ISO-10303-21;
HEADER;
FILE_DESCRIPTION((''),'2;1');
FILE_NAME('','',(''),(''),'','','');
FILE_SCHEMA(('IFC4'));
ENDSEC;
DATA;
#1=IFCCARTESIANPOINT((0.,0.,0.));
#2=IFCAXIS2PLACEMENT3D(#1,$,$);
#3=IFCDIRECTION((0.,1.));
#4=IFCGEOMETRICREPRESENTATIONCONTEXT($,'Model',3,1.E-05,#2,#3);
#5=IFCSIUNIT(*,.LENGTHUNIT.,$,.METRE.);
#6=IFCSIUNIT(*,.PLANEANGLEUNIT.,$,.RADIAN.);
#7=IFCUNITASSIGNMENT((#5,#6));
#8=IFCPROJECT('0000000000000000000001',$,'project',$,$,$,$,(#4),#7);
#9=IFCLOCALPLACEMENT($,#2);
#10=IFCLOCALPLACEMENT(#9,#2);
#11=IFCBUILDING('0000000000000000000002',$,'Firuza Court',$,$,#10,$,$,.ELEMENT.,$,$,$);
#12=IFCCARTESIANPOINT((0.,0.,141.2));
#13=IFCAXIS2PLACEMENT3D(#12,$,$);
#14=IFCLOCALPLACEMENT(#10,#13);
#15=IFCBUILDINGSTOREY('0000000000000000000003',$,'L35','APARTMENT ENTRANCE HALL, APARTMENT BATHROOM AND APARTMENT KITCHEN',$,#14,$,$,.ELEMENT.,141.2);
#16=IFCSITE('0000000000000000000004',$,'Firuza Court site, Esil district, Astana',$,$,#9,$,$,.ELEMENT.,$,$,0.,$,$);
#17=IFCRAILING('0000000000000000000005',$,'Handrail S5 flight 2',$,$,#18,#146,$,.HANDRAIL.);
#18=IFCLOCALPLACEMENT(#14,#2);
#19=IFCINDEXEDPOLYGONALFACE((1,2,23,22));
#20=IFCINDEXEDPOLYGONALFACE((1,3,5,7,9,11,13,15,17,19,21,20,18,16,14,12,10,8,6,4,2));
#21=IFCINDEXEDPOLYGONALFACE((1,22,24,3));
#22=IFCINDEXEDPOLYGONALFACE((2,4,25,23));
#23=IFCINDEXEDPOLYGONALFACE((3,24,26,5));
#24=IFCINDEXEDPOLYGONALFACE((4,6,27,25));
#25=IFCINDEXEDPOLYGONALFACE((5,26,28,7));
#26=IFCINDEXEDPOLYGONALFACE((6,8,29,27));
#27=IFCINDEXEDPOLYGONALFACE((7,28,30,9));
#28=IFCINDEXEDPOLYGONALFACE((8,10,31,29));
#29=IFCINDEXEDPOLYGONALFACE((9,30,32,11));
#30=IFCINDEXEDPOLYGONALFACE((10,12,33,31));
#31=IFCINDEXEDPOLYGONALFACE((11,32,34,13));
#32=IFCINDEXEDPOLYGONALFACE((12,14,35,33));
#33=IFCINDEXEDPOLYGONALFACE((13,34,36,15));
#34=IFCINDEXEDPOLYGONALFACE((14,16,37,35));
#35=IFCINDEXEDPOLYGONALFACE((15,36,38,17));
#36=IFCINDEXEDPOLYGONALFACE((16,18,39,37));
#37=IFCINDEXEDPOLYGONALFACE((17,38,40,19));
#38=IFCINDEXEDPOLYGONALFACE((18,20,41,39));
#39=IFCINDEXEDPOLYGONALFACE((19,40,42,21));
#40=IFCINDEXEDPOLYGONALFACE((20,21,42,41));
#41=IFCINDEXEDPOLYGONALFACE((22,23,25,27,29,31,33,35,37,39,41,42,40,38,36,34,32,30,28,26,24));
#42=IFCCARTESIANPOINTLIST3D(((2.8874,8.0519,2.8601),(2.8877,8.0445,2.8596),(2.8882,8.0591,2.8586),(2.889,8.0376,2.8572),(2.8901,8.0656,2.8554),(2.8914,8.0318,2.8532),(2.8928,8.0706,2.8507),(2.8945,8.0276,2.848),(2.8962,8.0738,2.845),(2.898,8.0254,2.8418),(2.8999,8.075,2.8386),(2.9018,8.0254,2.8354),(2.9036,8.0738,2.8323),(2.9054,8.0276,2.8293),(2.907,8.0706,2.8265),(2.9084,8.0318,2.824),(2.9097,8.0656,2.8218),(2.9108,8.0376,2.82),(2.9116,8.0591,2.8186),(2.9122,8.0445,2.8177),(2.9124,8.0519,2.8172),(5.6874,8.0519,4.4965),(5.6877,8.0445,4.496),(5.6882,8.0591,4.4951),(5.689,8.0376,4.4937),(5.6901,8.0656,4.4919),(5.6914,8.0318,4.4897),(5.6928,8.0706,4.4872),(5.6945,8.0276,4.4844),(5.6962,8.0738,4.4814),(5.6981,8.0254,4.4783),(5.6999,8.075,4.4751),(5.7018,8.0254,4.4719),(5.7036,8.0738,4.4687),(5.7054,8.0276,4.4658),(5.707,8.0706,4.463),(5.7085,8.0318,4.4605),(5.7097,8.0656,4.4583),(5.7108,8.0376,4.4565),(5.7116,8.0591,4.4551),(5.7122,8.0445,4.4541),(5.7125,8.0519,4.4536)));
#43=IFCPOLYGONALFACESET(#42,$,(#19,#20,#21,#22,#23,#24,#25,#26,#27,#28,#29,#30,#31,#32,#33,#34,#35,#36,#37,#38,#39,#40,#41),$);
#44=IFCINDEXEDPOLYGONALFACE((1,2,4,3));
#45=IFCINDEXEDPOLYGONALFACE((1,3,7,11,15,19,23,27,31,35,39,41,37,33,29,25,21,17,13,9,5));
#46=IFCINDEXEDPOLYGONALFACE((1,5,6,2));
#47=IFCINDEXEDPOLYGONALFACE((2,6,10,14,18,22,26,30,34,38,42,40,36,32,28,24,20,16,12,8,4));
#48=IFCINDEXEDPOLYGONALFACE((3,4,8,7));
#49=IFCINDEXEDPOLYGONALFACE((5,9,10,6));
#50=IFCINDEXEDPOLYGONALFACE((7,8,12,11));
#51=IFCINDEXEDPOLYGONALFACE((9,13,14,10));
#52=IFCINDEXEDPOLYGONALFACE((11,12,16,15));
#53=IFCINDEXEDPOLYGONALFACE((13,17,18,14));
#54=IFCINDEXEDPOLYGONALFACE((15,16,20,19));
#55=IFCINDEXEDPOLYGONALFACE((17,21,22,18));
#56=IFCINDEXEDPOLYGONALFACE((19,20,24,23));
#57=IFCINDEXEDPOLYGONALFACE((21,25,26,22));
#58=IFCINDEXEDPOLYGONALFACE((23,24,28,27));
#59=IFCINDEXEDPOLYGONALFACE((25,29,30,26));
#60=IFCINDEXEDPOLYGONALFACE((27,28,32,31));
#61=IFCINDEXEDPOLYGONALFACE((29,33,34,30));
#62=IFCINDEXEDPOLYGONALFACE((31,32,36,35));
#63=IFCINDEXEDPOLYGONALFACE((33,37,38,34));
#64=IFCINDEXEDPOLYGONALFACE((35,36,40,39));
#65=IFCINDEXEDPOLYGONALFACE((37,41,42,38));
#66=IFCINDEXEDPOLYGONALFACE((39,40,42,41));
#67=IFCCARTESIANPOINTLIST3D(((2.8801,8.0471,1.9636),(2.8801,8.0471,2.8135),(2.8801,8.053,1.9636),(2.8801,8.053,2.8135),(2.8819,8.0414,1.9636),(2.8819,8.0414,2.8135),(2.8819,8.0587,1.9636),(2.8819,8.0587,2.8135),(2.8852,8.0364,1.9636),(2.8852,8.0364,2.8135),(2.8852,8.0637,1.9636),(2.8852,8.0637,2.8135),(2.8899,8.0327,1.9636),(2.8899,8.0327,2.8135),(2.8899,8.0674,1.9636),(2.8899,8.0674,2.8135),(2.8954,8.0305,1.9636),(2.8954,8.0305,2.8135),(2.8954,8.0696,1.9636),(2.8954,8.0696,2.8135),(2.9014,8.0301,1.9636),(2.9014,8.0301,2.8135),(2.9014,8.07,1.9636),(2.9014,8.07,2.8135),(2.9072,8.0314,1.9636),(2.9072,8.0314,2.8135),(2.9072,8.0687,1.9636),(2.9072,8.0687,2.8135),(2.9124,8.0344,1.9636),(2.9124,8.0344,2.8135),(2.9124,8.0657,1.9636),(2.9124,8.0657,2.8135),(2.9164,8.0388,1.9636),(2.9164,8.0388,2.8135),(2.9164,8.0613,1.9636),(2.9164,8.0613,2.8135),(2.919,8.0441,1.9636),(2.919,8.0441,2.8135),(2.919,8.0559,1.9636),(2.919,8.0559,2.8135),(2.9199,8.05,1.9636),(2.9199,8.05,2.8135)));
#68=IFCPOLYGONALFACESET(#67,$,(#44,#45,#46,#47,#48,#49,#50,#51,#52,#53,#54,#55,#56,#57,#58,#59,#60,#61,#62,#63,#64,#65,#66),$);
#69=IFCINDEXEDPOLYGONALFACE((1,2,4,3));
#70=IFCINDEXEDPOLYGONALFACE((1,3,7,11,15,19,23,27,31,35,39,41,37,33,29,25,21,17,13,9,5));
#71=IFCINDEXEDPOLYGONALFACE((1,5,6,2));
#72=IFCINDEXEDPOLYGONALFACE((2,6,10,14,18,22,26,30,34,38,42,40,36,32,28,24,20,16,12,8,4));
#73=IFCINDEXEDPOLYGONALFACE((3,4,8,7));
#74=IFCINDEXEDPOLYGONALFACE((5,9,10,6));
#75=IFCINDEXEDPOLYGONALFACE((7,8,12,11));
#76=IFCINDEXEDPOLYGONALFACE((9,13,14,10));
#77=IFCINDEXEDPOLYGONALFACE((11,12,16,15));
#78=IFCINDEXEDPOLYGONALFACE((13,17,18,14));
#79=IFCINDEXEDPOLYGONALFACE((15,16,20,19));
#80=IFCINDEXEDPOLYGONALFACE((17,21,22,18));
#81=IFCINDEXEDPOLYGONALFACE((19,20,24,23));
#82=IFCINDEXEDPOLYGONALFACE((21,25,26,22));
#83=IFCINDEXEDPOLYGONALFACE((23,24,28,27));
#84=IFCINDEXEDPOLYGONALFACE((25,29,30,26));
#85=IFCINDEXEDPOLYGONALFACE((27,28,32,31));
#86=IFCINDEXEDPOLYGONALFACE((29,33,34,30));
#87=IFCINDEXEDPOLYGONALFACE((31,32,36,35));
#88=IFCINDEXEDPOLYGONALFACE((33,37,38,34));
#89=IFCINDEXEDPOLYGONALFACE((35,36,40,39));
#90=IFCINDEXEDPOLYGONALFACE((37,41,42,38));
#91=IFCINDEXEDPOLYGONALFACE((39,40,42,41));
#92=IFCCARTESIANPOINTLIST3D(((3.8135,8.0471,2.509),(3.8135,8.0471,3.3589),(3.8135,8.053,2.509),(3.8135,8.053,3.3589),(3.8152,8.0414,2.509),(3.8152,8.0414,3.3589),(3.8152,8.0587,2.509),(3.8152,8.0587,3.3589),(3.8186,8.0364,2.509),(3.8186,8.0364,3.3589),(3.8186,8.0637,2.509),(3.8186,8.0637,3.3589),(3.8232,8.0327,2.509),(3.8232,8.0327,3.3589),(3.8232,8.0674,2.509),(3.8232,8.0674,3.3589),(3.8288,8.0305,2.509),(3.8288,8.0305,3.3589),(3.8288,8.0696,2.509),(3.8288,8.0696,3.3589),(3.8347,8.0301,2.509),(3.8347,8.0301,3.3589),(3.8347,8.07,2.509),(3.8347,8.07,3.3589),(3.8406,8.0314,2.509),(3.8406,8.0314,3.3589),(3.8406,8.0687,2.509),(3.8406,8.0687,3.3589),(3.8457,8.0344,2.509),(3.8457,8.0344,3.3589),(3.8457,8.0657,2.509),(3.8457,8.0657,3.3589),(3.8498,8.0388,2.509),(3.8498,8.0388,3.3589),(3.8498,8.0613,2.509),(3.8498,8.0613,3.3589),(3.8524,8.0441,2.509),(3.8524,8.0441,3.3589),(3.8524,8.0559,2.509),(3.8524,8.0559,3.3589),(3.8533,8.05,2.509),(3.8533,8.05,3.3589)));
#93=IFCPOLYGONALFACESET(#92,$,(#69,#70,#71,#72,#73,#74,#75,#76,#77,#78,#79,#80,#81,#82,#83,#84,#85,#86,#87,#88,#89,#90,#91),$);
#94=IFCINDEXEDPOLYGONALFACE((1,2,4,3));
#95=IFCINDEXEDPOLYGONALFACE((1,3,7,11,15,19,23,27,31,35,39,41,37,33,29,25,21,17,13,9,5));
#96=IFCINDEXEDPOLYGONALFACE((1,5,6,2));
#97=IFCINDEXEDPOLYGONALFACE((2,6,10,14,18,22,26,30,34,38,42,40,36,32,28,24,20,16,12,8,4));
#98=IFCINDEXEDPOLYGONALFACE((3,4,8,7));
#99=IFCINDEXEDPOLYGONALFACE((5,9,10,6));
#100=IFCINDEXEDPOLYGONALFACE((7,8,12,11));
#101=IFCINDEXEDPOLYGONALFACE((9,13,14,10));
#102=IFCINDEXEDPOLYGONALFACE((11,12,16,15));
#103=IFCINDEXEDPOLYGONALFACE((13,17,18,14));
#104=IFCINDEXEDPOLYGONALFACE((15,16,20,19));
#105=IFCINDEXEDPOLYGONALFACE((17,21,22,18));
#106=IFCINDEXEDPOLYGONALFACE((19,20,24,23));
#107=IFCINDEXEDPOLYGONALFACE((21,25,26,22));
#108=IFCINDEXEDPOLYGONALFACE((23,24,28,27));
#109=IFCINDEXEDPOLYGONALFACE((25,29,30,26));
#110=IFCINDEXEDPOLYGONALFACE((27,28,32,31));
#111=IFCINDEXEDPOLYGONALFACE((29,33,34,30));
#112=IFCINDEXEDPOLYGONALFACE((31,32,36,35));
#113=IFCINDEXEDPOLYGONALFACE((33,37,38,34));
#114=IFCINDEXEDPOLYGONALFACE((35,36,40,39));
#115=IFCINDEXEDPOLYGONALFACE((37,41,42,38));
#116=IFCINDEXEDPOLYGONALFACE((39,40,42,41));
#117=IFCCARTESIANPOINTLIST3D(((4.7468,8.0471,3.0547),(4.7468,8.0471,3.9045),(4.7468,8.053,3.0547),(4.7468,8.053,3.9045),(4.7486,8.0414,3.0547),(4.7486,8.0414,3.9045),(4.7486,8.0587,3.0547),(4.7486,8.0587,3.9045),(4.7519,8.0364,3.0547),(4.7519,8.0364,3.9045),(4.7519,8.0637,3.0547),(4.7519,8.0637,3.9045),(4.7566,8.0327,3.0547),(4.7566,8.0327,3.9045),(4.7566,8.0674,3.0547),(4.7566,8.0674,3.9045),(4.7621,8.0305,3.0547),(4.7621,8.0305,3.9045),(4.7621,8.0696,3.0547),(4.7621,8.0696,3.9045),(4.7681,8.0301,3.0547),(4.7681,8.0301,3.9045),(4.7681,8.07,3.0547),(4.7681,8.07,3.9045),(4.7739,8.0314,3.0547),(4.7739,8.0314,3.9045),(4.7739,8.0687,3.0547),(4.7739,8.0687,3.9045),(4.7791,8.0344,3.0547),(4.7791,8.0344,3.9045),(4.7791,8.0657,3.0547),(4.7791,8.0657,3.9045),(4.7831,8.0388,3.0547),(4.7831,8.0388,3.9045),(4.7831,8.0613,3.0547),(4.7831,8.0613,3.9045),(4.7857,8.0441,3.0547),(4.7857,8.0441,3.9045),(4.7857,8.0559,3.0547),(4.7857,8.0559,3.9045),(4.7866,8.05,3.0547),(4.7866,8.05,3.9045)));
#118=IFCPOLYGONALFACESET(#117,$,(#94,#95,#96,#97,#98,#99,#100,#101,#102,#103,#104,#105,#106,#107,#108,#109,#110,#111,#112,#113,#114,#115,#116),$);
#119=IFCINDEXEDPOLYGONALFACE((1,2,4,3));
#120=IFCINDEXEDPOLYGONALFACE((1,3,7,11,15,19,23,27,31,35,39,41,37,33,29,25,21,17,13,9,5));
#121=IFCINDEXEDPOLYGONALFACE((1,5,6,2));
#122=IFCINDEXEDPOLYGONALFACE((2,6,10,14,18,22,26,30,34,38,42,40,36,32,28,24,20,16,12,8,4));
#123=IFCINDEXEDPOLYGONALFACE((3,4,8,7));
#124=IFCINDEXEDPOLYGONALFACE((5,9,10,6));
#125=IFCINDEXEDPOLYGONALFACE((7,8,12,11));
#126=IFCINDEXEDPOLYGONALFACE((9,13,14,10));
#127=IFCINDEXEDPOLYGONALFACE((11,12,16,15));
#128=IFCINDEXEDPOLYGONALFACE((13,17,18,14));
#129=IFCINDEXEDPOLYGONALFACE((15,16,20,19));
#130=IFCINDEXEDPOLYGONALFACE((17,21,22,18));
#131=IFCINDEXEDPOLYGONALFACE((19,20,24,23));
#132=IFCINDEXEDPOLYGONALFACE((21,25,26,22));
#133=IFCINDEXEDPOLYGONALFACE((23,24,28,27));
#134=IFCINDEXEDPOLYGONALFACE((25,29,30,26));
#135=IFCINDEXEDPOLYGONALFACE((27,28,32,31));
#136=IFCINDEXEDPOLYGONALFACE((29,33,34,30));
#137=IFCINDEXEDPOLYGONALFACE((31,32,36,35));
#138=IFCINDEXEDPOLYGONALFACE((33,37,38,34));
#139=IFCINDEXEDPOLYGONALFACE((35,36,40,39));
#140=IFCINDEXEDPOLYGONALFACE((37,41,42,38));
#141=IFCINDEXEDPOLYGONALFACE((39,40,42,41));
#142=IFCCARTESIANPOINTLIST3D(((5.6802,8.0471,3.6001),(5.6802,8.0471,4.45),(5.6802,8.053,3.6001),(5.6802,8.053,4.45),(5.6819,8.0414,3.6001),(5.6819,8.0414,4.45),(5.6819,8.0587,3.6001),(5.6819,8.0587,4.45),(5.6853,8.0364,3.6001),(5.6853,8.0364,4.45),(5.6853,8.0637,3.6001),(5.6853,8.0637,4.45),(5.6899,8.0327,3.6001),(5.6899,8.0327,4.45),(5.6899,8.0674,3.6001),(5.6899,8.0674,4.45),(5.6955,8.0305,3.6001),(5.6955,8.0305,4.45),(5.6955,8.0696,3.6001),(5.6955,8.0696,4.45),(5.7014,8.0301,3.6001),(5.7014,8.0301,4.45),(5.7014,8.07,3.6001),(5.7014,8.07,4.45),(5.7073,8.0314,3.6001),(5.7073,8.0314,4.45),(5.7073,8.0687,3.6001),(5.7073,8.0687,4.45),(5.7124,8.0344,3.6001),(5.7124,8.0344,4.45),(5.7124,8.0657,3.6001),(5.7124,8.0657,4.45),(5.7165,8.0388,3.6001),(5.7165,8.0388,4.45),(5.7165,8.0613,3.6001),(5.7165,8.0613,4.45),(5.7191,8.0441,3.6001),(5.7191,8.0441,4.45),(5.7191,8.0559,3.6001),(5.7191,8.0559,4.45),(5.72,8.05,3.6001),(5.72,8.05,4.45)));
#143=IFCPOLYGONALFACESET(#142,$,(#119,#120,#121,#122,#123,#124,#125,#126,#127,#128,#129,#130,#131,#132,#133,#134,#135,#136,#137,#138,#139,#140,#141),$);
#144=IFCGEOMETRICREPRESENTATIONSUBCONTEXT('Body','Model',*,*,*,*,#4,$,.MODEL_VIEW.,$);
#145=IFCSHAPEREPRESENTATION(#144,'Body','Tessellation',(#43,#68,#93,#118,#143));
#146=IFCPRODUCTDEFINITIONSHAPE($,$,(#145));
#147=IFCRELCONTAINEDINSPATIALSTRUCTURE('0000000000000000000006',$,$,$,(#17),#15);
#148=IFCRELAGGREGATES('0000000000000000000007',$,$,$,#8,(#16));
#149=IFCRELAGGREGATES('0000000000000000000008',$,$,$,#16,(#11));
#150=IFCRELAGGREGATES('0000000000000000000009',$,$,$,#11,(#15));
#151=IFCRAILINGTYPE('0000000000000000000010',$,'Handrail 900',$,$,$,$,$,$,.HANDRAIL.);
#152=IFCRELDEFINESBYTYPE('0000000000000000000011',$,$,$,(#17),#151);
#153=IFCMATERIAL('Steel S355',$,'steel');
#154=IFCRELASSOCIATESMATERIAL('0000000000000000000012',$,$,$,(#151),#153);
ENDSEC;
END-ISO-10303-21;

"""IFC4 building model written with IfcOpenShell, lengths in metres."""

from ifc_helpers import new_model, si_unit, direction, frame, origin, origin_2d, place, context, subcontext, project, spatial, circle, extrude, material, type_object, element, save


model = new_model("IFC4")

# Units and contexts
model_context = context("Model", 3, precision=1e-05, world=origin(), true_north=direction((0.0, 1.0)))
body_context = subcontext(model_context, "Body", "Model", "MODEL_VIEW")
ifc_project = project(units=[si_unit("LENGTHUNIT", "METRE"), si_unit("PLANEANGLEUNIT", "RADIAN")], contexts=[model_context])

# Site, building, storey
site_placement = place(None, origin())
site = spatial("IfcSite", under=ifc_project, at=site_placement, Name="Firuza Court site, Esil district, Astana", CompositionType="ELEMENT", RefElevation=0.0)
building_placement = place(site_placement, origin())
building = spatial("IfcBuilding", under=site, at=building_placement, Name="Firuza Court", CompositionType="ELEMENT")
storey_placement = place(building_placement, frame((0.0, 0.0, 141.2)))
storey = spatial("IfcBuildingStorey", under=building, at=storey_placement, Name="L35", Description="APARTMENT ENTRANCE HALL, APARTMENT BATHROOM AND APARTMENT KITCHEN", CompositionType="ELEMENT", Elevation=141.2)

# Railing
ifc_material_1 = material(Name="Steel S355", Category="steel")
railing_type_1 = type_object("IfcRailingType", Name="Handrail 900", PredefinedType="HANDRAIL", material=ifc_material_1)
railing_1_placement = place(storey_placement, frame((2.8999, 8.05, 1.9636)))
element("IfcRailing", 1, at=railing_1_placement, inside=storey, type_object=railing_type_1, Name="Handrail S5 flight 2", PredefinedType="HANDRAIL", context=body_context, shape_type="SweptSolid", body=[
    extrude(circle(Radius=0.0249, at=origin_2d()), frame((0.0, 0.0, 0.875), z_axis=(0.863361, 0.0, 0.504587), x_axis=(0.0, 1.0, 0.0)), (0.0, 0.0, 1.0), 3.2432),
    extrude(circle(Radius=0.02, at=origin_2d()), origin(), (0.0, 0.0, 1.0), 0.8499),
    extrude(circle(Radius=0.02, at=origin_2d()), frame((0.9333, 0.0, 0.5454)), (0.0, 0.0, 1.0), 0.8499),
    extrude(circle(Radius=0.02, at=origin_2d()), frame((1.8667, 0.0, 1.0911)), (0.0, 0.0, 1.0), 0.8499),
    extrude(circle(Radius=0.02, at=origin_2d()), frame((2.8, 0.0, 1.6365)), (0.0, 0.0, 1.0), 0.8499),
])

save(model, "model.ifc")
